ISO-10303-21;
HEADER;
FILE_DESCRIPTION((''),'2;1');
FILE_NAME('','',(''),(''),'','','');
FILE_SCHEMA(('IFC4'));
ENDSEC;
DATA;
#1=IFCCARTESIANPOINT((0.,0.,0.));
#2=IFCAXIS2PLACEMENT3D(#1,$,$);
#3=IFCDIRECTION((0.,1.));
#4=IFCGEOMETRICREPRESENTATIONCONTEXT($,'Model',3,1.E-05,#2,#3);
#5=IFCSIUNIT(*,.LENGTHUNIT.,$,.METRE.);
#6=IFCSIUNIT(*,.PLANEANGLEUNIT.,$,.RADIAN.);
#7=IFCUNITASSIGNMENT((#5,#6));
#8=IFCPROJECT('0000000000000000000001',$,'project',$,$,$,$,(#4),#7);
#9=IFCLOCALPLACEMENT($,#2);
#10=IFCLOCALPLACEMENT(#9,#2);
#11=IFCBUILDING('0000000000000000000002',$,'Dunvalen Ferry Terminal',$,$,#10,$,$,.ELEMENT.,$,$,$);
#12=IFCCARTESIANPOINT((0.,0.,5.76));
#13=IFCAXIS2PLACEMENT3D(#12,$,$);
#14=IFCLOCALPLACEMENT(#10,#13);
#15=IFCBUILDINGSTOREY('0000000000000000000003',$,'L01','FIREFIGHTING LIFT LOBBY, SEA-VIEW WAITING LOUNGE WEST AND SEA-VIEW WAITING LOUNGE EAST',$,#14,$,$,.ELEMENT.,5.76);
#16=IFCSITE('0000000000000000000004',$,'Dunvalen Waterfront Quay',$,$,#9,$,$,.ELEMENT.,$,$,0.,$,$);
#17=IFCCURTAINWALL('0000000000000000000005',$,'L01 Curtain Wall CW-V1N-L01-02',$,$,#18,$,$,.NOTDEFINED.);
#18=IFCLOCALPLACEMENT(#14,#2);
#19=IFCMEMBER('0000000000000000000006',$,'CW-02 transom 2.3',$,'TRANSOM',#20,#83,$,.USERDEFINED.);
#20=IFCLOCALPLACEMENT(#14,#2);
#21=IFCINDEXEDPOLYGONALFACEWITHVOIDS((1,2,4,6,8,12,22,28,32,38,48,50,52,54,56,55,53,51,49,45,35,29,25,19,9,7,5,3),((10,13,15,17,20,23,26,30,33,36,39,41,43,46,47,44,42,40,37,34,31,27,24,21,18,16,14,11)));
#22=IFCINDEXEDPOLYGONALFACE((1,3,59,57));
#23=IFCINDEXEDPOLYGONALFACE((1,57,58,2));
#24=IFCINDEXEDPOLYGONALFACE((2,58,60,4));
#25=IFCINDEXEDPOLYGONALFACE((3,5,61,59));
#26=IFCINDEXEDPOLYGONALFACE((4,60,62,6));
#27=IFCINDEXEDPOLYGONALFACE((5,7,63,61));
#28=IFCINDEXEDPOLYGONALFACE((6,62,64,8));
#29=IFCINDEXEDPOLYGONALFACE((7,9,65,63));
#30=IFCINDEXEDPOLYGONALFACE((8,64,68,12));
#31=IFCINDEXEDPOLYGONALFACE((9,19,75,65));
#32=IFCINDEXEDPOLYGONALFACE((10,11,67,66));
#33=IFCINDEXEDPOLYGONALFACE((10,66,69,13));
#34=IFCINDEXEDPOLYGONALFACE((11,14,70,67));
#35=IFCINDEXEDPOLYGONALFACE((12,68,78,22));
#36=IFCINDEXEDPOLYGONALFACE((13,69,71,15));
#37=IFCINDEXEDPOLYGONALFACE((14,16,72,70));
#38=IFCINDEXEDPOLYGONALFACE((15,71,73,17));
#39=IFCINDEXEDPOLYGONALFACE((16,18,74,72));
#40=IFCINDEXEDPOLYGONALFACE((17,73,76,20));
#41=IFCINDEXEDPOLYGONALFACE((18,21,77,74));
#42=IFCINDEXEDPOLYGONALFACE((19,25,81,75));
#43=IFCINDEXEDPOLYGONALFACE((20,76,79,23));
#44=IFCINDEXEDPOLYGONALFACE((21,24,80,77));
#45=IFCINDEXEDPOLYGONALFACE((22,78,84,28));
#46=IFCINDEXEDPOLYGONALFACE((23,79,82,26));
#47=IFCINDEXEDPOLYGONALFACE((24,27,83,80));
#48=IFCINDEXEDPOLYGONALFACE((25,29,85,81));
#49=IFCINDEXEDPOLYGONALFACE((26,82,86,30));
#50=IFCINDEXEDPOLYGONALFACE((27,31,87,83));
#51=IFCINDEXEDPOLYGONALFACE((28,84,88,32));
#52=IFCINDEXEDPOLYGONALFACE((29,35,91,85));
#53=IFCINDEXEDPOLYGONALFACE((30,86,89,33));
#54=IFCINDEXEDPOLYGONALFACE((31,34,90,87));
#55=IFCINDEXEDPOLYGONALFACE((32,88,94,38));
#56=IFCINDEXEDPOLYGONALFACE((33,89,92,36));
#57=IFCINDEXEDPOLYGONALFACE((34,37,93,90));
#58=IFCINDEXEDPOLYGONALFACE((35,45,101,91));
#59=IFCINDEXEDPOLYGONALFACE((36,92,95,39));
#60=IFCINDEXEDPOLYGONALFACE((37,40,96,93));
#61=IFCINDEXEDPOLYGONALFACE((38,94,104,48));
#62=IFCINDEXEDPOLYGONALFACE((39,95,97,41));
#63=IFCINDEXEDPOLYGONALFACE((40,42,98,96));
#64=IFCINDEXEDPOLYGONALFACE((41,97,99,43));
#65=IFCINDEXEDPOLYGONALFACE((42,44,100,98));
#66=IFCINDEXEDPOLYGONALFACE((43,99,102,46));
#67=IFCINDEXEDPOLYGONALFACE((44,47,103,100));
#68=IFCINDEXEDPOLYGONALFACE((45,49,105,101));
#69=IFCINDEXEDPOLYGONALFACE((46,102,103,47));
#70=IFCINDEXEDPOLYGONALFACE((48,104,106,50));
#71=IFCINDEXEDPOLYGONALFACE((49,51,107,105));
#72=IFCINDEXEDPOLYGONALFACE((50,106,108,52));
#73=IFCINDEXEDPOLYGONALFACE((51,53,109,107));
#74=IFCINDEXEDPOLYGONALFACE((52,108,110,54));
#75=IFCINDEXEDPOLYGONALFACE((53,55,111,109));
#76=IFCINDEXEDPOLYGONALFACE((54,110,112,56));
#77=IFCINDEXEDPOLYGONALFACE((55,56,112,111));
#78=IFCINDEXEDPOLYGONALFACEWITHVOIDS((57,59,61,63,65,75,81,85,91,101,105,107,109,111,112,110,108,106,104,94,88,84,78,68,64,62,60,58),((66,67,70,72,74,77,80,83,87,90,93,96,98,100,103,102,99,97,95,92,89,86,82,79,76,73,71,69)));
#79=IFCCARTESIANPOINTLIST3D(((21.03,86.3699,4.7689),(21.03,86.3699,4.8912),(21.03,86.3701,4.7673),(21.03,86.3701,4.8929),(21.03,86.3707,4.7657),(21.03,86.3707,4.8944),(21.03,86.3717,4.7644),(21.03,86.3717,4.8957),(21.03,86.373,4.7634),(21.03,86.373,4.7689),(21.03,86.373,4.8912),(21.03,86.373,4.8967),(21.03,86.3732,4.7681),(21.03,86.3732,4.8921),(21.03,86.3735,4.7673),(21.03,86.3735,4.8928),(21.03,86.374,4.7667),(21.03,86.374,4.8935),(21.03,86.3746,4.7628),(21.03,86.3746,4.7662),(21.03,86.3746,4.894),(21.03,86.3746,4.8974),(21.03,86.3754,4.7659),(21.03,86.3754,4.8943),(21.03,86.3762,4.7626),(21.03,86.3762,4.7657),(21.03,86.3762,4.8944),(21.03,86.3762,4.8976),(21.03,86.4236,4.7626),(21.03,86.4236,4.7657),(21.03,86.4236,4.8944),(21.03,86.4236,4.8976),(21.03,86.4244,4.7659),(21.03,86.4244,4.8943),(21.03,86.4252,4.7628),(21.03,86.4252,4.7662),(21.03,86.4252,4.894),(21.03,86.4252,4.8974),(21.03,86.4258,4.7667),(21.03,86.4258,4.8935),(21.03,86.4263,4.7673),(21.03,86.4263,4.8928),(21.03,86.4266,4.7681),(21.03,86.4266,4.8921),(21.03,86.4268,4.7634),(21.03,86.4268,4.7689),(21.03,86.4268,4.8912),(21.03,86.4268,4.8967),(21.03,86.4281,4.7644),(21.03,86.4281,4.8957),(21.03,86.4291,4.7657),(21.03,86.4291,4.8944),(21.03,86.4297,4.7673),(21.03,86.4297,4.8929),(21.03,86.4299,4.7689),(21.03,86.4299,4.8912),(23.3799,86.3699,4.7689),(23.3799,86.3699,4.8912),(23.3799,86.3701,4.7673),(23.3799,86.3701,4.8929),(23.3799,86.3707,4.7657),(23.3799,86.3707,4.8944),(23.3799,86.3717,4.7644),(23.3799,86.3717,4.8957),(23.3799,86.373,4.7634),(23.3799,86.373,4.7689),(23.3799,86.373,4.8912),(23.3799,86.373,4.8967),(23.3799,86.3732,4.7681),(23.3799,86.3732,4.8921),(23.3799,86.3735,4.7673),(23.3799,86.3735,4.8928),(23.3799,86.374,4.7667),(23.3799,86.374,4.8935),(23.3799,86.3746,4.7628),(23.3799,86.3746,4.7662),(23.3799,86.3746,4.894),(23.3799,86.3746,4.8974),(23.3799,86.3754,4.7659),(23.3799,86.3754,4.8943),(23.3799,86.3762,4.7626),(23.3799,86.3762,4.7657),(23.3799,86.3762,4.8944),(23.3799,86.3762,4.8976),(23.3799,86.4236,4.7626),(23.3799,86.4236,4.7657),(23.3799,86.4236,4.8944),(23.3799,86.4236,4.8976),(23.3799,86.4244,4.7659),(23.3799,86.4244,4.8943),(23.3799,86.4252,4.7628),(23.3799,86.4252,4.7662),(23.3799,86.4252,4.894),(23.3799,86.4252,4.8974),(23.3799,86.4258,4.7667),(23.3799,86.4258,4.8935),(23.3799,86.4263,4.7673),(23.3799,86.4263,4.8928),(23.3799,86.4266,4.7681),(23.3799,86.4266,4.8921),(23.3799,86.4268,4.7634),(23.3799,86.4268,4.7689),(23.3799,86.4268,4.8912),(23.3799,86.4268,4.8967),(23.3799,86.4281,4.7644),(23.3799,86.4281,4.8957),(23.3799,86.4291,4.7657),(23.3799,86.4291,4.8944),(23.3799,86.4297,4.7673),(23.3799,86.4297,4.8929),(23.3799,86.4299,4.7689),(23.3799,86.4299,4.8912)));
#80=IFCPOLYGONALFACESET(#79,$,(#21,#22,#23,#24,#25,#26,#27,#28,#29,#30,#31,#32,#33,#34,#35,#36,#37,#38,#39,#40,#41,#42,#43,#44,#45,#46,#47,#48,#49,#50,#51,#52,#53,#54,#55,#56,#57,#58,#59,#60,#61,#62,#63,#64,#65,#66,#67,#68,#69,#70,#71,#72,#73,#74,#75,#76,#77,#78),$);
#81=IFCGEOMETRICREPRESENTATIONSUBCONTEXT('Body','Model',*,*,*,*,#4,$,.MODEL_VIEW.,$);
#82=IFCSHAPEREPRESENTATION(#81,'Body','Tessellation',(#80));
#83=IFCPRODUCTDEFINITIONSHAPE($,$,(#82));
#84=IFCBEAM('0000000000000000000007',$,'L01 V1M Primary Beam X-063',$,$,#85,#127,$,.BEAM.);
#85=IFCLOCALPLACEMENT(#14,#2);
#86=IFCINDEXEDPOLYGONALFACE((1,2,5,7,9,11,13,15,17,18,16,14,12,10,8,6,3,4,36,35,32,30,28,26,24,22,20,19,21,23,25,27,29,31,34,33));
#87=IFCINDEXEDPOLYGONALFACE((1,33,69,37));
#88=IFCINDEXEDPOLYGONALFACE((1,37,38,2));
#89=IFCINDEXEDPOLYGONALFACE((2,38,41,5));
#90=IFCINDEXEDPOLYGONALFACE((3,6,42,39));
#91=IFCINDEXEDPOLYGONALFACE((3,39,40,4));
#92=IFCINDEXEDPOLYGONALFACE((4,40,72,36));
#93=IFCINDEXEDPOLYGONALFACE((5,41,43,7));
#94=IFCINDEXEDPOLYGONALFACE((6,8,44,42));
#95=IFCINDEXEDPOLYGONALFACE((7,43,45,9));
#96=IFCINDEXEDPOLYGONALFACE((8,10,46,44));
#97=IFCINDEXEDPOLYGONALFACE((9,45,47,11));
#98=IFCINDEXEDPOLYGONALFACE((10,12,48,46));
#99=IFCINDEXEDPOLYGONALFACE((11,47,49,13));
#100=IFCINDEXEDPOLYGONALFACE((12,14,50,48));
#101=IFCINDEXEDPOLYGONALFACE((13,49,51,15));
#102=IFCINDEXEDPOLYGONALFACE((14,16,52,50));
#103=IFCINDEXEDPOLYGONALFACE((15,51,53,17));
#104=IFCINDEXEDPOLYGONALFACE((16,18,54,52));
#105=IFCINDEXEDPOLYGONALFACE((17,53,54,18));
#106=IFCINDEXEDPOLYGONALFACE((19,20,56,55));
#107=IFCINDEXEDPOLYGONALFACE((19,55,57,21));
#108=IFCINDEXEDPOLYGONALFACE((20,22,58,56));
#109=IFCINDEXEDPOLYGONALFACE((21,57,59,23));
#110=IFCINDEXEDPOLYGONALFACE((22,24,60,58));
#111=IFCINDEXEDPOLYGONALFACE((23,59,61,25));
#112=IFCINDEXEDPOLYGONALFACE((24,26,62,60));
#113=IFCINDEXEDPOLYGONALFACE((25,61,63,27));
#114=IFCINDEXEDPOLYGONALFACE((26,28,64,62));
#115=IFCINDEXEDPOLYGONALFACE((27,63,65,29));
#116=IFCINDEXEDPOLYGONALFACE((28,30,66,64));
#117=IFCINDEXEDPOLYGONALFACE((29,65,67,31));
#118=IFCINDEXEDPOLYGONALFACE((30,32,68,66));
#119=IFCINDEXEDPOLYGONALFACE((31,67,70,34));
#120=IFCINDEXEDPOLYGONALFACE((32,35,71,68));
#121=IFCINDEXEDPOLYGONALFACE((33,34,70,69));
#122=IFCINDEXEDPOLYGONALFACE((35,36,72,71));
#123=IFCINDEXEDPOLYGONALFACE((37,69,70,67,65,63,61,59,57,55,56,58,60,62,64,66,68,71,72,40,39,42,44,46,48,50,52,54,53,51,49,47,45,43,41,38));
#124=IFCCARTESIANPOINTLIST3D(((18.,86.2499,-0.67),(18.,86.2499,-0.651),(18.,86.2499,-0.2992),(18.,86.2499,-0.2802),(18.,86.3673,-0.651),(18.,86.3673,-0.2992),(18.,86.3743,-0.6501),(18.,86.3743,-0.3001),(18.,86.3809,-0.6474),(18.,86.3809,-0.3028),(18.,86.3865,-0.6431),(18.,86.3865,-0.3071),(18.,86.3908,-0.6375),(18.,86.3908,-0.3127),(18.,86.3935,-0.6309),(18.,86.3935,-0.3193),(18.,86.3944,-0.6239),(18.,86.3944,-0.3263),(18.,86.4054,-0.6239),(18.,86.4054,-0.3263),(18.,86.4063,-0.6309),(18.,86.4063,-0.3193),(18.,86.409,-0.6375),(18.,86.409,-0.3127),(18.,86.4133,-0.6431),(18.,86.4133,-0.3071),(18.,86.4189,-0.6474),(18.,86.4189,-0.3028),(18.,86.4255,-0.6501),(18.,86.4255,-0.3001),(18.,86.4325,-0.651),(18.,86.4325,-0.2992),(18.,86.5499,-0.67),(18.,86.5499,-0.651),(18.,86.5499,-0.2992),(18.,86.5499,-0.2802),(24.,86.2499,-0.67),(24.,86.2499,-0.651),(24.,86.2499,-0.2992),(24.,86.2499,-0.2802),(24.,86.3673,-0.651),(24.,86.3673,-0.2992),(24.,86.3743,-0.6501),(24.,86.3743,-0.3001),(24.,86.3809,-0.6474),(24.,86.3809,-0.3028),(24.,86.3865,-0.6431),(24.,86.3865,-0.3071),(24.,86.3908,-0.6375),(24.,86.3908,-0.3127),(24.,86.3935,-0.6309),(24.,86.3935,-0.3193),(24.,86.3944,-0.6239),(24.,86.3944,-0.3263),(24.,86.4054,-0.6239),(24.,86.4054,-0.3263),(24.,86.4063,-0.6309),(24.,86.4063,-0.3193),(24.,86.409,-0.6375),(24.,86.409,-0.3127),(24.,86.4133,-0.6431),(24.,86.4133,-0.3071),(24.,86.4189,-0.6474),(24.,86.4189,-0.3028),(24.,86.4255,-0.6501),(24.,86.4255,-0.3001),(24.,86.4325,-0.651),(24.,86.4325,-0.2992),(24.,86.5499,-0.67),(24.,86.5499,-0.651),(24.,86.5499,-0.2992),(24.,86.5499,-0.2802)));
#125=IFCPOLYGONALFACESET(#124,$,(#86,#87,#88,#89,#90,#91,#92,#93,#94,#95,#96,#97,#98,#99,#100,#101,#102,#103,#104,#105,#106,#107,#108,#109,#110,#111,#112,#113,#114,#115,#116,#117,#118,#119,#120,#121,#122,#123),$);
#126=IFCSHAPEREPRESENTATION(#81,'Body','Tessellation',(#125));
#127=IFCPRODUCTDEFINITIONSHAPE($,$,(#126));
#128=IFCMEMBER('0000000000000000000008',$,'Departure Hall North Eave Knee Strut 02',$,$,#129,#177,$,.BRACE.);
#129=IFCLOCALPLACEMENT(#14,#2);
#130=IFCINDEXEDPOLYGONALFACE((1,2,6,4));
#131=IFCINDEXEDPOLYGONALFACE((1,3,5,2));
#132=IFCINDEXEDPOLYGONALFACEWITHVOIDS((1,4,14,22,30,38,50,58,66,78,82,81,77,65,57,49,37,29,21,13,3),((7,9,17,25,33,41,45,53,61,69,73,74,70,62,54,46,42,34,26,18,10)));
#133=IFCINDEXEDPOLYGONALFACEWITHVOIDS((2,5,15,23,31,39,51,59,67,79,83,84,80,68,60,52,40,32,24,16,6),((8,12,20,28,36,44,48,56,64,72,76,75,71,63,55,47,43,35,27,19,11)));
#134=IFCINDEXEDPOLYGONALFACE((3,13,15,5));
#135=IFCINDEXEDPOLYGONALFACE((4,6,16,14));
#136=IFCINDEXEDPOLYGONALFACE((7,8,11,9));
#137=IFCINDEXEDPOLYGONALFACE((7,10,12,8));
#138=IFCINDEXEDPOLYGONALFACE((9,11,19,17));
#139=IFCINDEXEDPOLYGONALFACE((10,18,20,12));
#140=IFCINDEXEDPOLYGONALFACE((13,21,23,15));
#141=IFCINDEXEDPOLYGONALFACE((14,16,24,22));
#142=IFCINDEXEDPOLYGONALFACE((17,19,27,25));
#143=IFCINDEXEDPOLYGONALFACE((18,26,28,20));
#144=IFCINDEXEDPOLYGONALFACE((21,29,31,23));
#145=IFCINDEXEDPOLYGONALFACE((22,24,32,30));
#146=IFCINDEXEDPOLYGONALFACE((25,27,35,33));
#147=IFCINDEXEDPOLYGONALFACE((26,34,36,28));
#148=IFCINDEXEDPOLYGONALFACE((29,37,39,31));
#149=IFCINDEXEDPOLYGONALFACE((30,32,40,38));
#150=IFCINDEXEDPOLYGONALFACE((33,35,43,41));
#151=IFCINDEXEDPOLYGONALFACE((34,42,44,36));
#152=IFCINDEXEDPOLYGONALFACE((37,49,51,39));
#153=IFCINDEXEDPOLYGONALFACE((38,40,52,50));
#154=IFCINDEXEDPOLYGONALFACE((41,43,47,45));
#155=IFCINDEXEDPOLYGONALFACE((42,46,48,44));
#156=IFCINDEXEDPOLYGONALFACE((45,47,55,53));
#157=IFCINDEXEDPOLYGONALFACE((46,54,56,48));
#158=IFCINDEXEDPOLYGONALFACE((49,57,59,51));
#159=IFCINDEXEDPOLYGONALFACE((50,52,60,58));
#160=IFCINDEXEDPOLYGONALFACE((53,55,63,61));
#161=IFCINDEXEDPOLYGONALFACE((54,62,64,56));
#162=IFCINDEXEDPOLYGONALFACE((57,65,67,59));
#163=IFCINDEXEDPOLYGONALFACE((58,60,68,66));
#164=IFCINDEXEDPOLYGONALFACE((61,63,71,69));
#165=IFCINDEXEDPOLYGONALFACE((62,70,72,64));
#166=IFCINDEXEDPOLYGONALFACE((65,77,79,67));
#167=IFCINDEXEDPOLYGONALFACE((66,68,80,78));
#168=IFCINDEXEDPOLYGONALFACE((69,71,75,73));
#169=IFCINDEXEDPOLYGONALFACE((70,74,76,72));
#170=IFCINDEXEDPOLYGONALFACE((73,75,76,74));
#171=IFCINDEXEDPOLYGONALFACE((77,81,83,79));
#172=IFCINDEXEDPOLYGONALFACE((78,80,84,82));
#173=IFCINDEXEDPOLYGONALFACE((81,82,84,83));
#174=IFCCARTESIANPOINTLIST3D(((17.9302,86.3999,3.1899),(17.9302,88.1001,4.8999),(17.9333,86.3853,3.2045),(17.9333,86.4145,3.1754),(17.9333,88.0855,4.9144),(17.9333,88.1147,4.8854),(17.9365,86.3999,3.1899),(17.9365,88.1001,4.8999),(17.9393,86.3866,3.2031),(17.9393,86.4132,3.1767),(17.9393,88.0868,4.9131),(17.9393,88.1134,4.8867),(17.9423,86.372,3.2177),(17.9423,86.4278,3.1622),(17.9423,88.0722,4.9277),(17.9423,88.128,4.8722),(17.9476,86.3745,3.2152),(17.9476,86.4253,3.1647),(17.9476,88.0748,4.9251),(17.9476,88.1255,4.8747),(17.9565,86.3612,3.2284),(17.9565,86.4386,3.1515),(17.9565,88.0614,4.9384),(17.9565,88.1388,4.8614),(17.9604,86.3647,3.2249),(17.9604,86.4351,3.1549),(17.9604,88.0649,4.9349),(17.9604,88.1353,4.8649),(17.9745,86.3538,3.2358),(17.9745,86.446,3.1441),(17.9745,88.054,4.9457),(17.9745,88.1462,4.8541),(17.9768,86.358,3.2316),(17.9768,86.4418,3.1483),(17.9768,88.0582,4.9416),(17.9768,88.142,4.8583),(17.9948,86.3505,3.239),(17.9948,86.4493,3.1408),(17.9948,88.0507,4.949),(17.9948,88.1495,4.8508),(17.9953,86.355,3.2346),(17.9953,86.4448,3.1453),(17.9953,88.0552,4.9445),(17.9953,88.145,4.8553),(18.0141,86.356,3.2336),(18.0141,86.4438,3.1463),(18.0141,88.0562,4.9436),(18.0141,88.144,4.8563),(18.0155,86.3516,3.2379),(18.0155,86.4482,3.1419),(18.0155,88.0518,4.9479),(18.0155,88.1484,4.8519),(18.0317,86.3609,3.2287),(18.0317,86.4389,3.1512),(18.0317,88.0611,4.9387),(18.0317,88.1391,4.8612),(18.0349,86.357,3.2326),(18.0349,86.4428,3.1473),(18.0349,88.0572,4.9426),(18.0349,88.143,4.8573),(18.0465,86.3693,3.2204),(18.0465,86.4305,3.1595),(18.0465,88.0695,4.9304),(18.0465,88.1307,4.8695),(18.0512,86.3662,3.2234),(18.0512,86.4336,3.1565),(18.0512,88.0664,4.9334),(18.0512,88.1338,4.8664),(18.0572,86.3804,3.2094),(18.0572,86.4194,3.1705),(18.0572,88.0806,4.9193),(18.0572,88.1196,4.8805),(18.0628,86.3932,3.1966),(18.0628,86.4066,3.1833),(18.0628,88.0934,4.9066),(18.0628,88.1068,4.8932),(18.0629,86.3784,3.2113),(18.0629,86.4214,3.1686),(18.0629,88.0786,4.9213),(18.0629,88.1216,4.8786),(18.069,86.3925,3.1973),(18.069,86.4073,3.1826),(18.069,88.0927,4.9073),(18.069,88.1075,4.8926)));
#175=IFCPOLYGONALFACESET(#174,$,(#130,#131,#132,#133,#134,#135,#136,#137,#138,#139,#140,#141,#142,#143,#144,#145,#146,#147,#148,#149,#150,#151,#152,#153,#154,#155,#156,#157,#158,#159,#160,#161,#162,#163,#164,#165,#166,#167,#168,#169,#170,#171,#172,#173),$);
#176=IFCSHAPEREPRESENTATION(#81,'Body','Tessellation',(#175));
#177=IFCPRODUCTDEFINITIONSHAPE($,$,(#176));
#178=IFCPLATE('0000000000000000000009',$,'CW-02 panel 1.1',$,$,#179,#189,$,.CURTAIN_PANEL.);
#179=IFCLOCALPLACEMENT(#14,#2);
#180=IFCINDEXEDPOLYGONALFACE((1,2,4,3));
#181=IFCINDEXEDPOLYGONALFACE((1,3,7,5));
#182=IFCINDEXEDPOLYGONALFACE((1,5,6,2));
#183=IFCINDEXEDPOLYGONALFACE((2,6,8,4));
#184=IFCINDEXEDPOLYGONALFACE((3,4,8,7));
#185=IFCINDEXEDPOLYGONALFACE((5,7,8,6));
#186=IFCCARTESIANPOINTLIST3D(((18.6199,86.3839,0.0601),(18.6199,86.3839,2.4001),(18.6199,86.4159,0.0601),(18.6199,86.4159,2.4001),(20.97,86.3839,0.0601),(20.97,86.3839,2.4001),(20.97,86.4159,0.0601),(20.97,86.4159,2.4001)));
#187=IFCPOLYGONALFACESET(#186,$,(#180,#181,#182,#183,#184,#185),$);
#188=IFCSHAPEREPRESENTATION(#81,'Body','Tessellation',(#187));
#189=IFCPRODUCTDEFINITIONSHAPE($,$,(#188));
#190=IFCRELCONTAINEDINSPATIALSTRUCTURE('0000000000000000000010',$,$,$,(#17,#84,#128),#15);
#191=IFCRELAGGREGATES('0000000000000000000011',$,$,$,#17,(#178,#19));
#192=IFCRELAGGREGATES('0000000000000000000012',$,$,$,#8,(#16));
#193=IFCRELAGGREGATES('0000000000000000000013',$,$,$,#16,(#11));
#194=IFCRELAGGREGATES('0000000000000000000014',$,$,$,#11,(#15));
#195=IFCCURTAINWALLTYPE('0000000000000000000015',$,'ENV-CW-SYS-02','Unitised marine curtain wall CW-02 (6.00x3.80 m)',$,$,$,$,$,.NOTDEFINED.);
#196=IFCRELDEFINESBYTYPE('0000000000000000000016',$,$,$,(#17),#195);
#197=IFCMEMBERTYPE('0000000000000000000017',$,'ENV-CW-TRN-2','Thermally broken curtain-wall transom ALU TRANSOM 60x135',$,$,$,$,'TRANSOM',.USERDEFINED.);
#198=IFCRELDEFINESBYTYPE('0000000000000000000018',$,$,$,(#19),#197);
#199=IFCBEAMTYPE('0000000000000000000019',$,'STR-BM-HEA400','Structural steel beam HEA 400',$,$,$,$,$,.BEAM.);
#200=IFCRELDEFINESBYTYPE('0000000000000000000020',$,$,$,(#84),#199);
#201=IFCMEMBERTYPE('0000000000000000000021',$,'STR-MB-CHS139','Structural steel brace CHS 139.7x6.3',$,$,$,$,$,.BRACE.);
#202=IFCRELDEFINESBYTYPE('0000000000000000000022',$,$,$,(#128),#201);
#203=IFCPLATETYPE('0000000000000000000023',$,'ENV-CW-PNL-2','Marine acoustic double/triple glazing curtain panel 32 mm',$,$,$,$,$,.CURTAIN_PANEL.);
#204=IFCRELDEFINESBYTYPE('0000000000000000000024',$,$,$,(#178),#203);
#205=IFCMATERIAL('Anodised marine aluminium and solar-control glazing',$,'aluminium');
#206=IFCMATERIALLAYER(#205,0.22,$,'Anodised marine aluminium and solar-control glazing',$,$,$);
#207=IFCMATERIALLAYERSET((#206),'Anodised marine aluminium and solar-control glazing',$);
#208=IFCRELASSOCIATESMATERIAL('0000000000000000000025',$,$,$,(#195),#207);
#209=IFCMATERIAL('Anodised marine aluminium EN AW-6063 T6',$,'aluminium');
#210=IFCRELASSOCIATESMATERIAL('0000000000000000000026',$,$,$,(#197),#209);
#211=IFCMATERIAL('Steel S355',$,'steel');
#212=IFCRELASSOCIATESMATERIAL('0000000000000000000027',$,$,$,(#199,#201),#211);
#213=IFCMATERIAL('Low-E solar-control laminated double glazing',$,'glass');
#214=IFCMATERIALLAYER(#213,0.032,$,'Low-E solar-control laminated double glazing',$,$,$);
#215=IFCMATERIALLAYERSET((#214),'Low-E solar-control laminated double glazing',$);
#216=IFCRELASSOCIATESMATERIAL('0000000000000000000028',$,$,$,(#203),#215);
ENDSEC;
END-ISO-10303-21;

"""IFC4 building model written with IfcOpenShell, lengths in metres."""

from ifc_helpers import new_model, si_unit, direction, frame, origin, origin_2d, place, context, subcontext, project, spatial, rectangle, hollow_rectangle, hollow_circle, i_section, extrude, material, layer, layer_set, material_profile, profile_set, type_object, element, aggregate, save


model = new_model("IFC4")

# Units and contexts
model_context = context("Model", 3, precision=1e-05, world=origin(), true_north=direction((0.0, 1.0)))
body_context = subcontext(model_context, "Body", "Model", "MODEL_VIEW")
ifc_project = project(units=[si_unit("LENGTHUNIT", "METRE"), si_unit("PLANEANGLEUNIT", "RADIAN")], contexts=[model_context])

# Site, building, storey
site_placement = place(None, origin())
site = spatial("IfcSite", under=ifc_project, at=site_placement, Name="Dunvalen Waterfront Quay", CompositionType="ELEMENT", RefElevation=0.0)
building_placement = place(site_placement, origin())
building = spatial("IfcBuilding", under=site, at=building_placement, Name="Dunvalen Ferry Terminal", CompositionType="ELEMENT")
storey_placement = place(building_placement, frame((0.0, 0.0, 5.76)))
storey = spatial("IfcBuildingStorey", under=building, at=storey_placement, Name="L01", Description="FIREFIGHTING LIFT LOBBY, SEA-VIEW WAITING LOUNGE WEST AND SEA-VIEW WAITING LOUNGE EAST", CompositionType="ELEMENT", Elevation=5.76)

# Curtain wall, member
ifc_material_1 = material(Name="Anodised marine aluminium and solar-control glazing", Category="aluminium")
ifc_layer_1 = layer(ifc_material_1, 0.22, Name="Anodised marine aluminium and solar-control glazing")
ifc_layer_set_1 = layer_set([ifc_layer_1], Name="Anodised marine aluminium and solar-control glazing")
curtain_wall_type = type_object("IfcCurtainWallType", Name="ENV-CW-SYS-02", Description="Unitised marine curtain wall CW-02 (6.00x3.80 m)", PredefinedType="NOTDEFINED", material=ifc_layer_set_1)
curtain_wall_placement = place(storey_placement, origin())
curtain_wall = element("IfcCurtainWall", 1, at=curtain_wall_placement, inside=storey, type_object=curtain_wall_type, Name="L01 Curtain Wall CW-V1N-L01-02", PredefinedType="NOTDEFINED")
ifc_material_2 = material(Name="Anodised marine aluminium EN AW-6063 T6", Category="aluminium")
ifc_material_profile_1 = material_profile(ifc_material_2, hollow_rectangle(XDim=0.0601, YDim=0.135, WallThickness=0.0032, InnerFilletRadius=0.0032, OuterFilletRadius=0.0063, at=origin_2d()), Name="Anodised marine aluminium EN AW-6063 T6")
ifc_profile_set_1 = profile_set([ifc_material_profile_1], Name="Anodised marine aluminium EN AW-6063 T6")
member_type_1 = type_object("IfcMemberType", Name="ENV-CW-TRN-2", Description="Thermally broken curtain-wall transom ALU TRANSOM 60x135", ElementType="TRANSOM", PredefinedType="USERDEFINED", material=ifc_profile_set_1)
member_1_placement = place(storey_placement, frame((21.03, 86.3999, 4.8301), z_axis=(1.0, 0.0, 0.0), x_axis=(0.0, 1.0, 0.0)))
member_1 = element("IfcMember", 2, at=member_1_placement, type_object=member_type_1, Name="CW-02 transom 2.3", ObjectType="TRANSOM", PredefinedType="USERDEFINED", context=body_context, shape_type="SweptSolid", body=[
    extrude(hollow_rectangle(XDim=0.0601, YDim=0.135, WallThickness=0.0032, InnerFilletRadius=0.0032, OuterFilletRadius=0.0063, at=origin_2d()), origin(), (0.0, 0.0, 1.0), 2.3499),
])

# Beam
ifc_material_3 = material(Name="Steel S355", Category="steel")
ifc_material_profile_2 = material_profile(ifc_material_3, i_section(OverallWidth=0.3, OverallDepth=0.3899, WebThickness=0.011, FlangeThickness=0.019, FilletRadius=0.0271, at=origin_2d()), Name="Steel S355")
ifc_profile_set_2 = profile_set([ifc_material_profile_2], Name="Steel S355")
beam_type = type_object("IfcBeamType", Name="STR-BM-HEA400", Description="Structural steel beam HEA 400", PredefinedType="BEAM", material=ifc_profile_set_2)
beam_placement = place(storey_placement, frame((18.0, 86.3999, -0.4751), z_axis=(1.0, 0.0, 0.0), x_axis=(0.0, 1.0, 0.0)))
element("IfcBeam", 3, at=beam_placement, inside=storey, type_object=beam_type, Name="L01 V1M Primary Beam X-063", PredefinedType="BEAM", context=body_context, shape_type="SweptSolid", body=[
    extrude(i_section(OverallWidth=0.3, OverallDepth=0.3899, WebThickness=0.011, FlangeThickness=0.019, FilletRadius=0.0271, at=origin_2d()), origin(), (0.0, 0.0, 1.0), 6.0),
])

# Member
ifc_material_profile_3 = material_profile(ifc_material_3, hollow_circle(Radius=0.0698, WallThickness=0.0063, at=origin_2d()), Name="Steel S355")
ifc_profile_set_3 = profile_set([ifc_material_profile_3], Name="Steel S355")
member_type_2 = type_object("IfcMemberType", Name="STR-MB-CHS139", Description="Structural steel brace CHS 139.7x6.3", PredefinedType="BRACE", material=ifc_profile_set_3)
member_2_placement = place(storey_placement, frame((18.0, 86.3999, 3.1899), z_axis=(0.0, 0.705079, 0.709129), x_axis=(-1.0, 0.0, 0.0)))
element("IfcMember", 4, at=member_2_placement, inside=storey, type_object=member_type_2, Name="Departure Hall North Eave Knee Strut 02", PredefinedType="BRACE", context=body_context, shape_type="SweptSolid", body=[
    extrude(hollow_circle(Radius=0.0698, WallThickness=0.0063, at=origin_2d()), origin(), (0.0, 0.0, 1.0), 2.4114),
])

# Plate
ifc_material_4 = material(Name="Low-E solar-control laminated double glazing", Category="glass")
ifc_layer_2 = layer(ifc_material_4, 0.032, Name="Low-E solar-control laminated double glazing")
ifc_layer_set_2 = layer_set([ifc_layer_2], Name="Low-E solar-control laminated double glazing")
plate_type_1 = type_object("IfcPlateType", Name="ENV-CW-PNL-2", Description="Marine acoustic double/triple glazing curtain panel 32 mm", PredefinedType="CURTAIN_PANEL", material=ifc_layer_set_2)
plate_1_placement = place(storey_placement, frame((19.7949, 86.3999, 0.0601), z_axis=(0.0, 0.0, 1.0), x_axis=(1.0, 0.0, 0.0)))
plate_1 = element("IfcPlate", 5, at=plate_1_placement, type_object=plate_type_1, Name="CW-02 panel 1.1", PredefinedType="CURTAIN_PANEL", context=body_context, shape_type="SweptSolid", body=[
    extrude(rectangle(XDim=2.3501, YDim=0.032, at=origin_2d()), origin(), (0.0, 0.0, 1.0), 2.3401),
])
aggregate(curtain_wall, [plate_1, member_1])

save(model, "model.ifc")
